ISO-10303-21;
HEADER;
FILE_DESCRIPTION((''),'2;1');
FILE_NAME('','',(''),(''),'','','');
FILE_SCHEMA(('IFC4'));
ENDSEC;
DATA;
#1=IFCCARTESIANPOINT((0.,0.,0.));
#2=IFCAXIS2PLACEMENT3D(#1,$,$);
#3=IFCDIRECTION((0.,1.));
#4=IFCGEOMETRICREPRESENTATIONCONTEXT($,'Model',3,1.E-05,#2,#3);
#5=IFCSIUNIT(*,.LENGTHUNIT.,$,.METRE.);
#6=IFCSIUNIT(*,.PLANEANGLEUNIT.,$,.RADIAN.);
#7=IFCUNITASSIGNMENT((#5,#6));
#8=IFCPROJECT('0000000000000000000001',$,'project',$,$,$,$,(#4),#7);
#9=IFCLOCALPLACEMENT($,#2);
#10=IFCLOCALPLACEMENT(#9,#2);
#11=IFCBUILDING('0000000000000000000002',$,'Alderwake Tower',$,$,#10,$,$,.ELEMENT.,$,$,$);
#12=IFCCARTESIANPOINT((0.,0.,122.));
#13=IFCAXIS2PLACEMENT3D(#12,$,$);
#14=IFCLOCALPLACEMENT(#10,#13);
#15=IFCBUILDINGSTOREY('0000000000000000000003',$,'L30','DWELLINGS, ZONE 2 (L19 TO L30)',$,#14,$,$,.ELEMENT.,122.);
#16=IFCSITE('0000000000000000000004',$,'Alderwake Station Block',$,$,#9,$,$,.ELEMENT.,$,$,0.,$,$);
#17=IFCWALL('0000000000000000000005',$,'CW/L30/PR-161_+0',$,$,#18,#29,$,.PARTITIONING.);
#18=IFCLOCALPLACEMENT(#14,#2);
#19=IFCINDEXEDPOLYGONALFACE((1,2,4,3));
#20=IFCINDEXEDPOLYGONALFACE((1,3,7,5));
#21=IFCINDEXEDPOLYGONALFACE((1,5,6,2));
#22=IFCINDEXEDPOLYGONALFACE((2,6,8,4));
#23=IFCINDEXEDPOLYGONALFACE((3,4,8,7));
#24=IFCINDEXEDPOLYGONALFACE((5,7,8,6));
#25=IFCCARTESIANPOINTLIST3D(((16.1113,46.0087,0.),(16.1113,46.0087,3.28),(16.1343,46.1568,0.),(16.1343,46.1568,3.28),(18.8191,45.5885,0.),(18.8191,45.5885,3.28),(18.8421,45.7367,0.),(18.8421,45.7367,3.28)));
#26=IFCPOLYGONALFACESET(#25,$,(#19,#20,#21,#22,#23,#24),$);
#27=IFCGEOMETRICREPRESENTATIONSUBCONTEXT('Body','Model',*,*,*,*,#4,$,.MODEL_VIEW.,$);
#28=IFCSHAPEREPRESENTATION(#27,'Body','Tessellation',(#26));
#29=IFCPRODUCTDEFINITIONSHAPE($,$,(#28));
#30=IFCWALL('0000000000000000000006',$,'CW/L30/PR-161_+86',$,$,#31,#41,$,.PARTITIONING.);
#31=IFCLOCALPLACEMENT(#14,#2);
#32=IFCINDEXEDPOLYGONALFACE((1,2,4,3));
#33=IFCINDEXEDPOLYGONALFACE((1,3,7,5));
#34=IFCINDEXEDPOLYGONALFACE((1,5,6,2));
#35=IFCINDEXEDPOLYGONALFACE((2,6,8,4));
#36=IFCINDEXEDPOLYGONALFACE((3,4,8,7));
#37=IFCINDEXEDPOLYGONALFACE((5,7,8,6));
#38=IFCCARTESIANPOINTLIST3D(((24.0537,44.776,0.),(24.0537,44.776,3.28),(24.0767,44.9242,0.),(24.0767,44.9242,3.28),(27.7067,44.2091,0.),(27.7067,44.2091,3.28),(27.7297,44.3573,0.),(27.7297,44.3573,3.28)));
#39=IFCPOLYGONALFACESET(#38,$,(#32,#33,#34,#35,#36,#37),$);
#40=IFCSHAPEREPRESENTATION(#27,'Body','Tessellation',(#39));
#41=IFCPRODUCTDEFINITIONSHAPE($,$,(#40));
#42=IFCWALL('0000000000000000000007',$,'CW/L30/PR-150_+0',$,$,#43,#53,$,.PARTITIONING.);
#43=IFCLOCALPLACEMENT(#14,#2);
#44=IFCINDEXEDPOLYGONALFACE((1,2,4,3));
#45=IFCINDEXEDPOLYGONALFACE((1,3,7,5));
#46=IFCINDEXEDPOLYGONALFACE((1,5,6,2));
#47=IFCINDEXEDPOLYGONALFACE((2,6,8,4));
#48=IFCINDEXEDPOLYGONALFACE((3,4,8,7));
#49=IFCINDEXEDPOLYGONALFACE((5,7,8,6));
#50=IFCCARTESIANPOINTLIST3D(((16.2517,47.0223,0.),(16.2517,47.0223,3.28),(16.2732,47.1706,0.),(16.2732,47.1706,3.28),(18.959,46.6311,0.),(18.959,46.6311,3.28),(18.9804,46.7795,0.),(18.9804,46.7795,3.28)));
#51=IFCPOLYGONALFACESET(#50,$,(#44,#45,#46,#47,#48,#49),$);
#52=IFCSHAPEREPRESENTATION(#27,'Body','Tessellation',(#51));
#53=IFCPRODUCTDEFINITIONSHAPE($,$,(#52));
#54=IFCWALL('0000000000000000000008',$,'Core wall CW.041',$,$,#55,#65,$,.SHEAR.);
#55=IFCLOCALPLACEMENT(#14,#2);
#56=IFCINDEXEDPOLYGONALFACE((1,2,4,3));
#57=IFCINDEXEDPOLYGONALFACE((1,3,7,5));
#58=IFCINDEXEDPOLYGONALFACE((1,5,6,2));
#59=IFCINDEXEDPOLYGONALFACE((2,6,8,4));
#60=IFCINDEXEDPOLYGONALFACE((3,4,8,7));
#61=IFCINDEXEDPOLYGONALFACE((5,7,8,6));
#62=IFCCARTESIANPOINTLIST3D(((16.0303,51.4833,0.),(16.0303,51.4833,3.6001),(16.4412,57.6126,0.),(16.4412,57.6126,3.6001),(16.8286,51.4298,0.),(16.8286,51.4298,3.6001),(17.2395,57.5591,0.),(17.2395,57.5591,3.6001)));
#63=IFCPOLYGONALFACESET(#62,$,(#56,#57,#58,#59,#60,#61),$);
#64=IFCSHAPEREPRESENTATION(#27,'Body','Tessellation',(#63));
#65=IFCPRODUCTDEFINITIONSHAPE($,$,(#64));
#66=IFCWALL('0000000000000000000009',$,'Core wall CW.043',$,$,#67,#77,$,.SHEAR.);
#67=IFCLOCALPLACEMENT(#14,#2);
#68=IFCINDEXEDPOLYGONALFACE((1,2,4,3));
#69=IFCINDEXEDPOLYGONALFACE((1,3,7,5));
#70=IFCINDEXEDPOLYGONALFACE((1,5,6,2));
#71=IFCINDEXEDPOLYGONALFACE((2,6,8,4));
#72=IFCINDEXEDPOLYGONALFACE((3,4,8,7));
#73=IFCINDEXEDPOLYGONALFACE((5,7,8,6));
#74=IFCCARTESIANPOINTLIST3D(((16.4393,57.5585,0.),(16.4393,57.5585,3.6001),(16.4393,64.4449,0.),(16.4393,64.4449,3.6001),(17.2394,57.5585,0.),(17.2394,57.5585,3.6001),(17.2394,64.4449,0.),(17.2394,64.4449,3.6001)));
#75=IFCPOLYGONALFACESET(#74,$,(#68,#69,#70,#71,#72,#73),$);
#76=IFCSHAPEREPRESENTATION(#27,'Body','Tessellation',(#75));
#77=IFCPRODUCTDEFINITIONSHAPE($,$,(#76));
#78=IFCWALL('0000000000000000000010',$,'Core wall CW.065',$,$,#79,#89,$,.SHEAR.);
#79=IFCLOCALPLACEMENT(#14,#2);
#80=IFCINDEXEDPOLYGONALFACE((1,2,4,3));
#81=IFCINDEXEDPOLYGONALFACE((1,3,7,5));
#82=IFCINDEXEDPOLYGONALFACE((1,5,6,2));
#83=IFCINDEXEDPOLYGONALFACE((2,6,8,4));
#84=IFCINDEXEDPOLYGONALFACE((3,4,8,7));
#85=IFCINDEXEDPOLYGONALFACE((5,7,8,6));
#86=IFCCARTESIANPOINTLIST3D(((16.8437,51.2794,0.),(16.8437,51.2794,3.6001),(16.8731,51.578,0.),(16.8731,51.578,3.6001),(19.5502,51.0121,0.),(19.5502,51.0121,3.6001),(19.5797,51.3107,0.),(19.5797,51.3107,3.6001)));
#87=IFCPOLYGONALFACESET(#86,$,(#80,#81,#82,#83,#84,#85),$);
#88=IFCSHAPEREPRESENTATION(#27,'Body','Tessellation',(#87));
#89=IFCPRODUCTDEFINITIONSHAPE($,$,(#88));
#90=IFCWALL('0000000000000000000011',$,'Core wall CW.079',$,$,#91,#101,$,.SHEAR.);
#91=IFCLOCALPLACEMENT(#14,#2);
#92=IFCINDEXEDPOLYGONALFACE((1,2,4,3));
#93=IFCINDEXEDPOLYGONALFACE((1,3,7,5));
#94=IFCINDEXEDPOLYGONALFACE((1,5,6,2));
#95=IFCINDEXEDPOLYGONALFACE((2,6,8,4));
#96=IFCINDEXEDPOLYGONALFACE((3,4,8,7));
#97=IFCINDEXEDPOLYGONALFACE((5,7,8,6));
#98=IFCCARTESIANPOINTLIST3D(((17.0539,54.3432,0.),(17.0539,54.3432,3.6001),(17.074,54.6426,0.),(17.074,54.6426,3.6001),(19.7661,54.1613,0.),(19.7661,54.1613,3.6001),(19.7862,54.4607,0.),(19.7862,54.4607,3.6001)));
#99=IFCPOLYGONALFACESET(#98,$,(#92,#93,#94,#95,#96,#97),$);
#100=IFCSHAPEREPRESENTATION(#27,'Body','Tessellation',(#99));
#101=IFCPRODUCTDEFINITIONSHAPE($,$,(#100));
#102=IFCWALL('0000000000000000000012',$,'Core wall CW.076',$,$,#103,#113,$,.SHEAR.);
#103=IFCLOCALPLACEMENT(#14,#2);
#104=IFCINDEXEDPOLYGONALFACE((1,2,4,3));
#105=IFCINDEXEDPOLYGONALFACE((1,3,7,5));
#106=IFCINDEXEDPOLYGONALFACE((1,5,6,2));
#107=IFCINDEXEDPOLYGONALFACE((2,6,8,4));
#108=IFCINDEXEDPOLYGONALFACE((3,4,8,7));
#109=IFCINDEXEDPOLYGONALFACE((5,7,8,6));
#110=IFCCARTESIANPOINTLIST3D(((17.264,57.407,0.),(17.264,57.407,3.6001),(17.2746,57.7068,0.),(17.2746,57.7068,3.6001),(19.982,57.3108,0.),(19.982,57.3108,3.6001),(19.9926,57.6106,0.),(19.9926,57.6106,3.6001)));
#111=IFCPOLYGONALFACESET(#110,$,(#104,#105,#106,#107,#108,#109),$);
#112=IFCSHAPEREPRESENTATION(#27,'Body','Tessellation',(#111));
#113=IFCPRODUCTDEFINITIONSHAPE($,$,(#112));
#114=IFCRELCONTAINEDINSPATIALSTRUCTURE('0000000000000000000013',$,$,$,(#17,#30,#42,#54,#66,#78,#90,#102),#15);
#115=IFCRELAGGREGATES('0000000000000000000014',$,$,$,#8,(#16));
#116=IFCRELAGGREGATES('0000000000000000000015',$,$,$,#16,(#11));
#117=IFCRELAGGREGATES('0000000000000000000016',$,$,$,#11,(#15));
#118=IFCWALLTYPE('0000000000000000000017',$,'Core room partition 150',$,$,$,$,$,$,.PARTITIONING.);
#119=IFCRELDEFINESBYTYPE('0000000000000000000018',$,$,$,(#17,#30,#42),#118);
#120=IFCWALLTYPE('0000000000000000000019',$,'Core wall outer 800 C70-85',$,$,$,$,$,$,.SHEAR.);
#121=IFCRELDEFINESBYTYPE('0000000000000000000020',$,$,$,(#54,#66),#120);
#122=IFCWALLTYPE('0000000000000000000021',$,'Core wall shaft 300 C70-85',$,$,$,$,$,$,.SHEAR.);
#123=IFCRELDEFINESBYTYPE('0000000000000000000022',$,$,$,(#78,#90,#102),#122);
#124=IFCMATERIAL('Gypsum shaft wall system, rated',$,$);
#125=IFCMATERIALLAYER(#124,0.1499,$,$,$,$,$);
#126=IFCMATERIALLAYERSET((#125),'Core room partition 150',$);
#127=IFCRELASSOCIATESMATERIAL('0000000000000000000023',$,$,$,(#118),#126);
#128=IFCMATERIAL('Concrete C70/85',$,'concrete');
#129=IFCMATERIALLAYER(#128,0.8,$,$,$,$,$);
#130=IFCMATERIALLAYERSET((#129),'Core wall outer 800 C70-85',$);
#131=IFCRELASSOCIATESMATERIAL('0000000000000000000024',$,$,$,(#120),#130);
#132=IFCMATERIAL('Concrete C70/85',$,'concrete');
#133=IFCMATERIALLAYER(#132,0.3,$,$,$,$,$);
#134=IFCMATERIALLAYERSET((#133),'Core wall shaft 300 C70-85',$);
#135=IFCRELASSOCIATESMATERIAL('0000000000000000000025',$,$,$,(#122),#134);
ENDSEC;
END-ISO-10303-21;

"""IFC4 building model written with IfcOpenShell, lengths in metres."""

from ifc_helpers import new_model, si_unit, direction, frame, frame_2d, origin, place, context, subcontext, project, spatial, rectangle, extrude, material, layer, layer_set, type_object, element, save


model = new_model("IFC4")

# Units and contexts
model_context = context("Model", 3, precision=1e-05, world=origin(), true_north=direction((0.0, 1.0)))
body_context = subcontext(model_context, "Body", "Model", "MODEL_VIEW")
ifc_project = project(units=[si_unit("LENGTHUNIT", "METRE"), si_unit("PLANEANGLEUNIT", "RADIAN")], contexts=[model_context])

# Site, building, storey
site_placement = place(None, origin())
site = spatial("IfcSite", under=ifc_project, at=site_placement, Name="Alderwake Station Block", CompositionType="ELEMENT", RefElevation=0.0)
building_placement = place(site_placement, origin())
building = spatial("IfcBuilding", under=site, at=building_placement, Name="Alderwake Tower", CompositionType="ELEMENT")
storey_placement = place(building_placement, frame((0.0, 0.0, 122.0)))
storey = spatial("IfcBuildingStorey", under=building, at=storey_placement, Name="L30", Description="DWELLINGS, ZONE 2 (L19 TO L30)", CompositionType="ELEMENT", Elevation=122.0)

# Walls
ifc_material_1 = material(Name="Gypsum shaft wall system, rated")
ifc_layer_1 = layer(ifc_material_1, 0.1499)
ifc_layer_set_1 = layer_set([ifc_layer_1], Name="Core room partition 150")
wall_type_1 = type_object("IfcWallType", Name="Core room partition 150", PredefinedType="PARTITIONING", material=ifc_layer_set_1)
wall_1_placement = place(storey_placement, frame((16.1228, 46.0828, 0.0), z_axis=(0.0, 0.0, 1.0), x_axis=(0.988174, -0.153336, 0.0)))
element("IfcWall", 1, at=wall_1_placement, inside=storey, type_object=wall_type_1, Name="CW/L30/PR-161_+0", PredefinedType="PARTITIONING", context=body_context, shape_type="SweptSolid", body=[
    extrude(rectangle(XDim=2.7402, YDim=0.1499, at=frame_2d((1.3701, 0.0))), origin(), (0.0, 0.0, 1.0), 3.28),
])
wall_2_placement = place(storey_placement, frame((24.0652, 44.8501, 0.0), z_axis=(0.0, 0.0, 1.0), x_axis=(0.988172, -0.153347, 0.0)))
element("IfcWall", 2, at=wall_2_placement, inside=storey, type_object=wall_type_1, Name="CW/L30/PR-161_+86", PredefinedType="PARTITIONING", context=body_context, shape_type="SweptSolid", body=[
    extrude(rectangle(XDim=3.6968, YDim=0.1499, at=frame_2d((1.8484, 0.0))), origin(), (0.0, 0.0, 1.0), 3.28),
])
wall_3_placement = place(storey_placement, frame((16.2625, 47.0964, 0.0), z_axis=(0.0, 0.0, 1.0), x_axis=(0.989725, -0.142983, 0.0)))
element("IfcWall", 3, at=wall_3_placement, inside=storey, type_object=wall_type_1, Name="CW/L30/PR-150_+0", PredefinedType="PARTITIONING", context=body_context, shape_type="SweptSolid", body=[
    extrude(rectangle(XDim=2.7354, YDim=0.1499, at=frame_2d((1.3677, 0.0))), origin(), (0.0, 0.0, 1.0), 3.28),
])
ifc_material_2 = material(Name="Concrete C70/85", Category="concrete")
ifc_layer_2 = layer(ifc_material_2, 0.8)
ifc_layer_set_2 = layer_set([ifc_layer_2], Name="Core wall outer 800 C70-85")
wall_type_2 = type_object("IfcWallType", Name="Core wall outer 800 C70-85", PredefinedType="SHEAR", material=ifc_layer_set_2)
wall_4_placement = place(storey_placement, frame((16.4294, 51.4565, 0.0), z_axis=(0.0, 0.0, 1.0), x_axis=(0.066886, 0.997761, 0.0)))
element("IfcWall", 4, at=wall_4_placement, inside=storey, type_object=wall_type_2, Name="Core wall CW.041", PredefinedType="SHEAR", context=body_context, shape_type="SweptSolid", body=[
    extrude(rectangle(XDim=6.1431, YDim=0.8, at=frame_2d((3.0715, 0.0))), origin(), (0.0, 0.0, 1.0), 3.6001),
])
wall_5_placement = place(storey_placement, frame((16.8394, 57.5583, 0.0), z_axis=(0.0, 0.0, 1.0), x_axis=(0.0, 1.0, 0.0)))
element("IfcWall", 5, at=wall_5_placement, inside=storey, type_object=wall_type_2, Name="Core wall CW.043", PredefinedType="SHEAR", context=body_context, shape_type="SweptSolid", body=[
    extrude(rectangle(XDim=6.8865, YDim=0.8, at=frame_2d((3.4434, 0.0))), origin(), (0.0, 0.0, 1.0), 3.6001),
])
ifc_material_3 = material(Name="Concrete C70/85", Category="concrete")
ifc_layer_3 = layer(ifc_material_3, 0.3)
ifc_layer_set_3 = layer_set([ifc_layer_3], Name="Core wall shaft 300 C70-85")
wall_type_3 = type_object("IfcWallType", Name="Core wall shaft 300 C70-85", PredefinedType="SHEAR", material=ifc_layer_set_3)
wall_6_placement = place(storey_placement, frame((16.8584, 51.4287, 0.0), z_axis=(0.0, 0.0, 1.0), x_axis=(0.995157, -0.098295, 0.0)))
element("IfcWall", 6, at=wall_6_placement, inside=storey, type_object=wall_type_3, Name="Core wall CW.065", PredefinedType="SHEAR", context=body_context, shape_type="SweptSolid", body=[
    extrude(rectangle(XDim=2.7197, YDim=0.3, at=frame_2d((1.3599, 0.0))), origin(), (0.0, 0.0, 1.0), 3.6001),
])
wall_7_placement = place(storey_placement, frame((17.064, 54.4929, 0.0), z_axis=(0.0, 0.0, 1.0), x_axis=(0.997759, -0.066912, 0.0)))
element("IfcWall", 7, at=wall_7_placement, inside=storey, type_object=wall_type_3, Name="Core wall CW.079", PredefinedType="SHEAR", context=body_context, shape_type="SweptSolid", body=[
    extrude(rectangle(XDim=2.7183, YDim=0.3, at=frame_2d((1.3591, 0.0))), origin(), (0.0, 0.0, 1.0), 3.6001),
])
wall_8_placement = place(storey_placement, frame((17.2693, 57.5569, 0.0), z_axis=(0.0, 0.0, 1.0), x_axis=(0.999374, -0.035368, 0.0)))
element("IfcWall", 8, at=wall_8_placement, inside=storey, type_object=wall_type_3, Name="Core wall CW.076", PredefinedType="SHEAR", context=body_context, shape_type="SweptSolid", body=[
    extrude(rectangle(XDim=2.7197, YDim=0.3, at=frame_2d((1.3599, 0.0))), origin(), (0.0, 0.0, 1.0), 3.6001),
])

save(model, "model.ifc")
